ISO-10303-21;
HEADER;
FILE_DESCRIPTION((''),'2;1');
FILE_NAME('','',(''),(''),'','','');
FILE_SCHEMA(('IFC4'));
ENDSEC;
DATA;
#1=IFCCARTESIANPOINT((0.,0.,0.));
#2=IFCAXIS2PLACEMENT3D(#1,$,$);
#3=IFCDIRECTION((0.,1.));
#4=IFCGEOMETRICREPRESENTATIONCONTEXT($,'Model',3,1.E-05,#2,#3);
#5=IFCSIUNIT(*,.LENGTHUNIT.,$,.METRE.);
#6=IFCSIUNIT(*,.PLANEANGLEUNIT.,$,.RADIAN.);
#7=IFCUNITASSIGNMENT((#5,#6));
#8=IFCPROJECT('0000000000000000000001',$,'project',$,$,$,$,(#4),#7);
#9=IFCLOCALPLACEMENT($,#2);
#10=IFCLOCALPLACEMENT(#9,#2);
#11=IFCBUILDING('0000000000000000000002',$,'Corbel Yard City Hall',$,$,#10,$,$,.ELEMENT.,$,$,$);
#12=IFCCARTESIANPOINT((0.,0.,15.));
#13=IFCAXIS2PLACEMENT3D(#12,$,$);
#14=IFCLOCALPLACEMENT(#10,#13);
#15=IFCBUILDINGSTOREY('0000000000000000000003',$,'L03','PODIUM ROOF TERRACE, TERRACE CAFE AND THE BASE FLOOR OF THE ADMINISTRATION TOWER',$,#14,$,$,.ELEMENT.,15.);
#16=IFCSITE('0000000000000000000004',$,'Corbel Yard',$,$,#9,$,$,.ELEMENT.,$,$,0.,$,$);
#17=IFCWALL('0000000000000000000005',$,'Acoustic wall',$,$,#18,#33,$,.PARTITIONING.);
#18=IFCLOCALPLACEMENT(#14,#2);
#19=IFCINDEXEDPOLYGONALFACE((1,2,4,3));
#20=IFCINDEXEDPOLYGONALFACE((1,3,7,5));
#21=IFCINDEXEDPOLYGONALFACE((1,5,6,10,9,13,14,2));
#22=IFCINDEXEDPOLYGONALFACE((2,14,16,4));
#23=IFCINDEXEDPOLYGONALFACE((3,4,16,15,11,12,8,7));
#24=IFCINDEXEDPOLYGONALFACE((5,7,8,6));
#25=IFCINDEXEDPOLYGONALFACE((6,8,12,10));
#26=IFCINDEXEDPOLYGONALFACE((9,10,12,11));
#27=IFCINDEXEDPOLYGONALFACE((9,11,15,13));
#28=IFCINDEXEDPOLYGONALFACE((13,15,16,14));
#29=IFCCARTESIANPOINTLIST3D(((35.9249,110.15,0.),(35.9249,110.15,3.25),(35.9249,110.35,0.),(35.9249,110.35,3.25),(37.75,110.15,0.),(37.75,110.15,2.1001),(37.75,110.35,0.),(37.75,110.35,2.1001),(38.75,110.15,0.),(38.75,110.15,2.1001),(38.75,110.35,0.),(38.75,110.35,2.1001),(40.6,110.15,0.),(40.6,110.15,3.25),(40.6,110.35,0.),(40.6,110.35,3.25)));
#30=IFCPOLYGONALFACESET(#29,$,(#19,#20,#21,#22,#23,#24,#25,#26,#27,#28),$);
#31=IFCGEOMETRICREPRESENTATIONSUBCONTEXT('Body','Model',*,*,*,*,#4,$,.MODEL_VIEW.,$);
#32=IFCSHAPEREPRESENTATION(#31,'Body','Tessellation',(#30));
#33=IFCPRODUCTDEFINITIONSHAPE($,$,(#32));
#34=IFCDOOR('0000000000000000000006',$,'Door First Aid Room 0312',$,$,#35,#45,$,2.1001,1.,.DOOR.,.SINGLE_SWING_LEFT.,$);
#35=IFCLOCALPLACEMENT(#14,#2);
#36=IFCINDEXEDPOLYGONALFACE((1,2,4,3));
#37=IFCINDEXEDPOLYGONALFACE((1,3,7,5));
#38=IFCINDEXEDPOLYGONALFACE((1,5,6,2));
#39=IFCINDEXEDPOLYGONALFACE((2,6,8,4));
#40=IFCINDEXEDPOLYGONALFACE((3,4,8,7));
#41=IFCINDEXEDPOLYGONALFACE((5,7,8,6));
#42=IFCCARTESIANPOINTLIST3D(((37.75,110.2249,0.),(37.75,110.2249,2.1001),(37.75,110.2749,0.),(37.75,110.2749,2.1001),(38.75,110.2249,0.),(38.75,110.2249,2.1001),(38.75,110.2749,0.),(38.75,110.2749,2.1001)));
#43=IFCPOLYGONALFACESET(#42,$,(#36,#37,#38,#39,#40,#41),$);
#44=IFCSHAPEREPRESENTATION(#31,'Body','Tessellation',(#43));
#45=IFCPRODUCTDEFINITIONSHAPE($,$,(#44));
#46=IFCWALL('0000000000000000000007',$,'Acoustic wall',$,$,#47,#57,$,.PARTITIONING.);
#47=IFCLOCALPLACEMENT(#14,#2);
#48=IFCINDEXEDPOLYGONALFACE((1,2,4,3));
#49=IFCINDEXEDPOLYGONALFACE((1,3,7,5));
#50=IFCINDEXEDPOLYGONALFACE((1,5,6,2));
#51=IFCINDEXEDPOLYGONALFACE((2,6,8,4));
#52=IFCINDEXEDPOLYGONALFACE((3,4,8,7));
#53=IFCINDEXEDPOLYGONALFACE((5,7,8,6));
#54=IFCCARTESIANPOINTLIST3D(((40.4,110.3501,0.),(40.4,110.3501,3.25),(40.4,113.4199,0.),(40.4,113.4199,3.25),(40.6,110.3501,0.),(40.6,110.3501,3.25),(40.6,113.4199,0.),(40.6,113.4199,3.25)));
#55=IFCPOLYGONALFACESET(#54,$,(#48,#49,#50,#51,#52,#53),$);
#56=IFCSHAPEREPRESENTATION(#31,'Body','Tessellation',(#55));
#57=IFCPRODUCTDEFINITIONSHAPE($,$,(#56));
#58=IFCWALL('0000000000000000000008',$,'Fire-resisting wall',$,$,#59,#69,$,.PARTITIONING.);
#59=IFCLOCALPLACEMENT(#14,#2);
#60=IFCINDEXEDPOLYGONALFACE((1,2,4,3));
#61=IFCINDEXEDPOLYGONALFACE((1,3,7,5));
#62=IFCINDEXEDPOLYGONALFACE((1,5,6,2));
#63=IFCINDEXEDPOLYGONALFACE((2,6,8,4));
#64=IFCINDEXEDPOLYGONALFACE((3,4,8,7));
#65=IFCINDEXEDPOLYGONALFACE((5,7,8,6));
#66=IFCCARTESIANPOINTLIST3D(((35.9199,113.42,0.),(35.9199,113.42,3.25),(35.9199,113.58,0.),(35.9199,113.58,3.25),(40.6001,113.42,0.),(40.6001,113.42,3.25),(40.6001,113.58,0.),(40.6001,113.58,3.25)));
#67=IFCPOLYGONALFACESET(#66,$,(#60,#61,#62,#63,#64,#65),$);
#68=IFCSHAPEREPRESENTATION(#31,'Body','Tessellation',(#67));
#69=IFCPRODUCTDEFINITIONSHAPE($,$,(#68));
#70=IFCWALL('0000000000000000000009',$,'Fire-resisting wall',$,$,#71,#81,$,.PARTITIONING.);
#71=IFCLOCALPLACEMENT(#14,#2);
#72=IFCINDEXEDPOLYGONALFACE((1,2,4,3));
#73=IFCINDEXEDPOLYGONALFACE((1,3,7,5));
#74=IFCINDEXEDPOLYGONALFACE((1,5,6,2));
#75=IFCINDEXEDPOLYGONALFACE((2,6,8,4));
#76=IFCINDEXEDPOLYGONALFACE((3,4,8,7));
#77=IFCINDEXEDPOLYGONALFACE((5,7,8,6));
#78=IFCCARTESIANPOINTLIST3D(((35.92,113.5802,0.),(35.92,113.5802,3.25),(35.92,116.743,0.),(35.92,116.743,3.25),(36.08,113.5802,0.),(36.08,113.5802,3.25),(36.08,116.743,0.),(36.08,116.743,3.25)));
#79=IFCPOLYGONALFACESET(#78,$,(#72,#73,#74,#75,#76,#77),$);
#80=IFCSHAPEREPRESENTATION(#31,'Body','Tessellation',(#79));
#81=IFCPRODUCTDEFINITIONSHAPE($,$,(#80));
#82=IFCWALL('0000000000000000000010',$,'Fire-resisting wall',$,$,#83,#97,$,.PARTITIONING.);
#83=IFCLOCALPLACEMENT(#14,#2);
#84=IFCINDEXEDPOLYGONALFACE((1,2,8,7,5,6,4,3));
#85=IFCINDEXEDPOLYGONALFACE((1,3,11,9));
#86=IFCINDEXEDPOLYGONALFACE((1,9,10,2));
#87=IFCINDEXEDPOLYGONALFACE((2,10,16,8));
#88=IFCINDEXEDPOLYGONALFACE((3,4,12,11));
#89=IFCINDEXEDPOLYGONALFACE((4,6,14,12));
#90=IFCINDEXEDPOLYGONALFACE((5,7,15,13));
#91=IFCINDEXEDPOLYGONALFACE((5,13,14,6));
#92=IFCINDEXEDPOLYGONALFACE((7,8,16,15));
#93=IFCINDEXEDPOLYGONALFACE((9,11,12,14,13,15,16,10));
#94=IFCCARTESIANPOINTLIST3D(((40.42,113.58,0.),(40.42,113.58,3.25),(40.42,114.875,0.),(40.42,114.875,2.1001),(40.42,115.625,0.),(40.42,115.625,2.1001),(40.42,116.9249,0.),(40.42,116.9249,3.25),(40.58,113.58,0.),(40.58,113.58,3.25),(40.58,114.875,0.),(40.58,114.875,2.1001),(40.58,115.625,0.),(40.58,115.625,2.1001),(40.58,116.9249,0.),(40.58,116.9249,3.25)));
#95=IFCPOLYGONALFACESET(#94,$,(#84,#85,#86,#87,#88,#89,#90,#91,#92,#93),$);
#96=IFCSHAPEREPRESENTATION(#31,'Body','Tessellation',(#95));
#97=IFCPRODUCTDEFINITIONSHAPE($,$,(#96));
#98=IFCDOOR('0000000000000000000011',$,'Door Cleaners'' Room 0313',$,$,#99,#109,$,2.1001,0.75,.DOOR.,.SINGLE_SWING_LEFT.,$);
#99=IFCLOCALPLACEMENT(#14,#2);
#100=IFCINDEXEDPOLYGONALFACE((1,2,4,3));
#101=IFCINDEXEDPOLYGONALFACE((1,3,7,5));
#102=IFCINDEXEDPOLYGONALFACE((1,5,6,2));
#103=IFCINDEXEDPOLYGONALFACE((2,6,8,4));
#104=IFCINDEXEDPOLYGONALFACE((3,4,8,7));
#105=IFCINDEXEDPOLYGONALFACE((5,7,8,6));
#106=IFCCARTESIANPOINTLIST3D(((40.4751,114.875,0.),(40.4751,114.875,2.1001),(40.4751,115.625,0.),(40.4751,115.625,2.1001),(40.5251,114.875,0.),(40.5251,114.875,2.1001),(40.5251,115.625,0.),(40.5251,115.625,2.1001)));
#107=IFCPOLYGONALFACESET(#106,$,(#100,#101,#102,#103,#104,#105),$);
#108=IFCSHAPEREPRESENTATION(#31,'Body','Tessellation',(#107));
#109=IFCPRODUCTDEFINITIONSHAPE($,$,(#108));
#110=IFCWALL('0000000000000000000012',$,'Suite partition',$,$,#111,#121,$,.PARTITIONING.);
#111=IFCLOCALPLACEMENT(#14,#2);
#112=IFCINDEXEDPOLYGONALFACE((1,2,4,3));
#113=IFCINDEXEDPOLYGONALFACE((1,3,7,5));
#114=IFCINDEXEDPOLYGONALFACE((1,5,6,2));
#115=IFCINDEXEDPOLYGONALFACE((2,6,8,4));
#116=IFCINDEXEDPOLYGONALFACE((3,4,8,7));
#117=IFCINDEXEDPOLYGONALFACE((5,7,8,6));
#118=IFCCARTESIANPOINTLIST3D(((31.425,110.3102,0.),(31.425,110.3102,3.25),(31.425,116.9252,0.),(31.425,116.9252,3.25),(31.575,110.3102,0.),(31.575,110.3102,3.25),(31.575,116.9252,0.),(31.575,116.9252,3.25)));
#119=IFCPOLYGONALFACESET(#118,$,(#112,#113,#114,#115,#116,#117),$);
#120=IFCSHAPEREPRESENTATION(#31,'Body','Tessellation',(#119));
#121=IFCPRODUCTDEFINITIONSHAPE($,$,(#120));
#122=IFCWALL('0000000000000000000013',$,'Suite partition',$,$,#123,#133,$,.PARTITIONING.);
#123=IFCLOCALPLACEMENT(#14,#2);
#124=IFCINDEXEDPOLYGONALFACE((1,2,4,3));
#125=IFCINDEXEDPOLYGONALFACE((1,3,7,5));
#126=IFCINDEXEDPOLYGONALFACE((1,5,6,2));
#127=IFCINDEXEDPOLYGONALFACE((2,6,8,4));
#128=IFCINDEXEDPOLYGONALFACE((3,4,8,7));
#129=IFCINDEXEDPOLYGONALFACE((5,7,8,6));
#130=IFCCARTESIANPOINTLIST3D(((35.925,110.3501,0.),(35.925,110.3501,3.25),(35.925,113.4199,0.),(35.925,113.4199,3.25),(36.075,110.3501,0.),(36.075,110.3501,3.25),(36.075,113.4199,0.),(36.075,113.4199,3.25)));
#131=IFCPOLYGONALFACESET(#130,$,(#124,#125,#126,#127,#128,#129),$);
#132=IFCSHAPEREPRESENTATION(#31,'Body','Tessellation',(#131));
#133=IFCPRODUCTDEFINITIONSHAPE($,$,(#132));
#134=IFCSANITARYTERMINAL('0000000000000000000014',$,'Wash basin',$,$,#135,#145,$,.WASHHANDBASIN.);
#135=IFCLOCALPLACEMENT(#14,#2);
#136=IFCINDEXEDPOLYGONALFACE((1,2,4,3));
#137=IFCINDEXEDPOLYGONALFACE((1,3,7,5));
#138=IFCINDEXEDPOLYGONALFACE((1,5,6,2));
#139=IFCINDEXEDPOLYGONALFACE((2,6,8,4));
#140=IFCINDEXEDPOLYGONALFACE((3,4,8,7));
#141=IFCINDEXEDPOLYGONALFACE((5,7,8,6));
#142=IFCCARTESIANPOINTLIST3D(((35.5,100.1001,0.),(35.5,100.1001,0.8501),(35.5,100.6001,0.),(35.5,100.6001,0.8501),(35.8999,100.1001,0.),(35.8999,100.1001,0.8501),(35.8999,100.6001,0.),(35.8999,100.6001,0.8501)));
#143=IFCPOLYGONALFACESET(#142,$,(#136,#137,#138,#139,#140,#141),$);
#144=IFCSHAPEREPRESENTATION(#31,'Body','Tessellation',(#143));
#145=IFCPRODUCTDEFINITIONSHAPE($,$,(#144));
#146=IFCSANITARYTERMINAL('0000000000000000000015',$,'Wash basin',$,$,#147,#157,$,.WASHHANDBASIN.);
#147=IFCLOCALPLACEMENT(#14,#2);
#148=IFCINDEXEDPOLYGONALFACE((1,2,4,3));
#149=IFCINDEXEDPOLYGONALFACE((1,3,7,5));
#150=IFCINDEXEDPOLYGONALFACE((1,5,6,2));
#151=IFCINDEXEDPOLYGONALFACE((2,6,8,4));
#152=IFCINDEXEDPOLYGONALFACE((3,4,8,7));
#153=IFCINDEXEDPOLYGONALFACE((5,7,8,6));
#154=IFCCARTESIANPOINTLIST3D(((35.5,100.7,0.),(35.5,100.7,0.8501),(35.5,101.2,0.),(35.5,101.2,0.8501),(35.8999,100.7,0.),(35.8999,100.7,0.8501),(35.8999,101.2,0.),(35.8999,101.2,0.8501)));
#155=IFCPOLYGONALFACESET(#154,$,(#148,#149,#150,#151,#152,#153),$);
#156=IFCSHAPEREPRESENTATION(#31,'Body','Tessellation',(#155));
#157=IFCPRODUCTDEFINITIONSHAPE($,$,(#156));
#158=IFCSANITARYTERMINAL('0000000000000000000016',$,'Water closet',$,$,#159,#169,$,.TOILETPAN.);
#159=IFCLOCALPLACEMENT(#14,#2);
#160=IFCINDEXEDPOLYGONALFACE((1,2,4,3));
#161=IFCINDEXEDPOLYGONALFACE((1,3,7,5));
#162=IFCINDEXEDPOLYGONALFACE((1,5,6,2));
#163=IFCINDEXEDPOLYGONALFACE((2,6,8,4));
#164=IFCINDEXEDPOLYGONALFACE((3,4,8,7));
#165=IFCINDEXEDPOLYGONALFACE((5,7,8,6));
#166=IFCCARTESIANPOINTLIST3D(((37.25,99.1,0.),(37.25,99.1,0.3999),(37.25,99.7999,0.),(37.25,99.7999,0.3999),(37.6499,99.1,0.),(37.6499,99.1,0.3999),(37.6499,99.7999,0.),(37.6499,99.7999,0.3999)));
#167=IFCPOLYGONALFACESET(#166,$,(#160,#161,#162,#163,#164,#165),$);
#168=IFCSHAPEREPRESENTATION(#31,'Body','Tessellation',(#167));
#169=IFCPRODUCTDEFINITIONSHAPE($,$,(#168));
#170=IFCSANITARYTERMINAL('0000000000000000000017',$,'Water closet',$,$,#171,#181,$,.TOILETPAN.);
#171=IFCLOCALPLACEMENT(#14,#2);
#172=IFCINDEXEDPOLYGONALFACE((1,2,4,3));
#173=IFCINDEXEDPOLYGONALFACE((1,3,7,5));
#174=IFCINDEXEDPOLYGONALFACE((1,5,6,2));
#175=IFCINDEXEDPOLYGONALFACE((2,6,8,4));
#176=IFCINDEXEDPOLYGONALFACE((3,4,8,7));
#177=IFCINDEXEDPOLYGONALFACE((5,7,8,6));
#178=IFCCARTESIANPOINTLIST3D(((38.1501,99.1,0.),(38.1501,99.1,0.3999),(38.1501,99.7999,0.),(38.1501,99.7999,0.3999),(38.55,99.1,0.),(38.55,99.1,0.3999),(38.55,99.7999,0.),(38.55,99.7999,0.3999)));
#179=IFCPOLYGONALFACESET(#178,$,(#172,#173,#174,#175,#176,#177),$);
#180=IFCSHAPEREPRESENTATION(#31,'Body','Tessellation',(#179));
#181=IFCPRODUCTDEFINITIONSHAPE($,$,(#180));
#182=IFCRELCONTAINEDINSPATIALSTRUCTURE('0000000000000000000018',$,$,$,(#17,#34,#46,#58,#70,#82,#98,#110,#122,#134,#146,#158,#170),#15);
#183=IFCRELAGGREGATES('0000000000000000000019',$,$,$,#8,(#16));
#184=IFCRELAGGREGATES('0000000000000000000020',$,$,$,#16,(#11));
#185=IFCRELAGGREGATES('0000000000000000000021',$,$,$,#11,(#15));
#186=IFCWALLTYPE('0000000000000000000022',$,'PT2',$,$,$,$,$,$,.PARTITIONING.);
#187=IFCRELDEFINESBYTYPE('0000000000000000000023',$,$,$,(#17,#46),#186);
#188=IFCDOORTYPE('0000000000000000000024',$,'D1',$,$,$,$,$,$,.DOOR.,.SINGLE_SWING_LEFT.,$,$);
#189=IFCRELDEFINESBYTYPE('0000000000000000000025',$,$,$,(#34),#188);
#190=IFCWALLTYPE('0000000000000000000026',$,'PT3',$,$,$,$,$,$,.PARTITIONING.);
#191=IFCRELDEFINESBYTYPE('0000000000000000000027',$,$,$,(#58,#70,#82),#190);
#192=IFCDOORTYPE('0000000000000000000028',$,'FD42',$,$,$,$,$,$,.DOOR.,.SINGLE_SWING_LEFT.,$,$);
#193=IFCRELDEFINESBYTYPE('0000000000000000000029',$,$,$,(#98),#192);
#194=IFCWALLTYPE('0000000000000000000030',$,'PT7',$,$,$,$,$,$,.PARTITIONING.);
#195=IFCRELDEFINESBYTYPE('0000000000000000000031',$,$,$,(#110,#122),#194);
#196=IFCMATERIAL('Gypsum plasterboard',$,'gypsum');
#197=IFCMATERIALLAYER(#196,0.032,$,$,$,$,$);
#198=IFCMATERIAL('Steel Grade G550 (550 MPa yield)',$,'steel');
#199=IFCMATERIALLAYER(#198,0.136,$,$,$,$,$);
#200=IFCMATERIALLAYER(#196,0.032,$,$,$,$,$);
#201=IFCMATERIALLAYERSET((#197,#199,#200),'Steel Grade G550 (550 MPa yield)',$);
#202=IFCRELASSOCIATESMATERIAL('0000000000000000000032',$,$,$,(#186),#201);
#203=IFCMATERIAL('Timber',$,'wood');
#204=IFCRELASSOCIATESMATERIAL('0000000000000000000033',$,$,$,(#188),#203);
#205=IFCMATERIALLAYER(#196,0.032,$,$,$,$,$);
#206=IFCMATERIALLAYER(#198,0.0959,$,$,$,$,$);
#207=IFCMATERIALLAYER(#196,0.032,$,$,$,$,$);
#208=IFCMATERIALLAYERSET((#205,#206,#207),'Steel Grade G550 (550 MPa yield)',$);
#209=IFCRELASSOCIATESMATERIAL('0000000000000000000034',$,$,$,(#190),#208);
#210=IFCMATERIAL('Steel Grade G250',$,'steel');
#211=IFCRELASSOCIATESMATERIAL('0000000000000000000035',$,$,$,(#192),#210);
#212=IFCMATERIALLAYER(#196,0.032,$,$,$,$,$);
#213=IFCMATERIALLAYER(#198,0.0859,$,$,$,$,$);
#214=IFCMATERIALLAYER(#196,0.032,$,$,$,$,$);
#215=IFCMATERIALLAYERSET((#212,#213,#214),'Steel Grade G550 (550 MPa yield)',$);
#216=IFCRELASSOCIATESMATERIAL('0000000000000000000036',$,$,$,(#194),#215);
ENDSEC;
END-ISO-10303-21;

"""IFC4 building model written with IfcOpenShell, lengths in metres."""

from ifc_helpers import new_model, si_unit, direction, frame, frame_2d, origin, origin_2d, place, context, subcontext, project, spatial, rectangle, extrude, material, layer, layer_set, type_object, element, fill, save


model = new_model("IFC4")

# Units and contexts
model_context = context("Model", 3, precision=1e-05, world=origin(), true_north=direction((0.0, 1.0)))
body_context = subcontext(model_context, "Body", "Model", "MODEL_VIEW")
ifc_project = project(units=[si_unit("LENGTHUNIT", "METRE"), si_unit("PLANEANGLEUNIT", "RADIAN")], contexts=[model_context])

# Site, building, storey
site_placement = place(None, origin())
site = spatial("IfcSite", under=ifc_project, at=site_placement, Name="Corbel Yard", CompositionType="ELEMENT", RefElevation=0.0)
building_placement = place(site_placement, origin())
building = spatial("IfcBuilding", under=site, at=building_placement, Name="Corbel Yard City Hall", CompositionType="ELEMENT")
storey_placement = place(building_placement, frame((0.0, 0.0, 15.0)))
storey = spatial("IfcBuildingStorey", under=building, at=storey_placement, Name="L03", Description="PODIUM ROOF TERRACE, TERRACE CAFE AND THE BASE FLOOR OF THE ADMINISTRATION TOWER", CompositionType="ELEMENT", Elevation=15.0)

# Wall, opening, door
ifc_material_1 = material(Name="Gypsum plasterboard", Category="gypsum")
ifc_layer_1 = layer(ifc_material_1, 0.032)
ifc_material_2 = material(Name="Steel Grade G550 (550 MPa yield)", Category="steel")
ifc_layer_2 = layer(ifc_material_2, 0.136)
ifc_layer_3 = layer(ifc_material_1, 0.032)
ifc_layer_set_1 = layer_set([ifc_layer_1, ifc_layer_2, ifc_layer_3], Name="Steel Grade G550 (550 MPa yield)")
wall_type_1 = type_object("IfcWallType", Name="PT2", PredefinedType="PARTITIONING", material=ifc_layer_set_1)
wall_1_placement = place(storey_placement, frame((35.925, 110.25, 0.0), z_axis=(0.0, 0.0, 1.0), x_axis=(1.0, 0.0, 0.0)))
wall_1 = element("IfcWall", 1, at=wall_1_placement, inside=storey, type_object=wall_type_1, Name="Acoustic wall", PredefinedType="PARTITIONING", context=body_context, shape_type="SweptSolid", body=[
    extrude(rectangle(XDim=4.675, YDim=0.2, at=frame_2d((2.3374, 0.0))), origin(), (0.0, 0.0, 1.0), 3.25),
])
opening_1_placement = place(wall_1_placement, frame((1.825, 0.0, 0.0)))
opening_1 = element("IfcOpeningElement", 2, at=opening_1_placement, cuts=wall_1, PredefinedType="OPENING", context=body_context, shape_type="SweptSolid", body=[
    extrude(rectangle(XDim=1.0, YDim=2.1001, at=frame_2d((0.5, 1.05))), frame((0.0, 0.1099, 0.0), z_axis=(0.0, -1.0, 0.0), x_axis=(1.0, 0.0, 0.0)), (0.0, 0.0, 1.0), 0.22),
])
ifc_material_3 = material(Name="Timber", Category="wood")
door_type_1 = type_object("IfcDoorType", Name="D1", OperationType="SINGLE_SWING_LEFT", PredefinedType="DOOR", material=ifc_material_3)
door_1_placement = place(opening_1_placement, origin())
door_1 = element("IfcDoor", 3, at=door_1_placement, inside=storey, type_object=door_type_1, Name="Door First Aid Room 0312", OperationType="SINGLE_SWING_LEFT", OverallHeight=2.1001, OverallWidth=1.0, PredefinedType="DOOR", context=body_context, shape_type="SweptSolid", body=[
    extrude(rectangle(XDim=1.0, YDim=2.1001, at=frame_2d((0.5, 1.05))), frame((0.0, 0.0249, 0.0), z_axis=(0.0, -1.0, 0.0), x_axis=(1.0, 0.0, 0.0)), (0.0, 0.0, 1.0), 0.05),
])
fill(opening_1, door_1)

# Walls
wall_2_placement = place(storey_placement, frame((40.5, 110.3501, 0.0), z_axis=(0.0, 0.0, 1.0), x_axis=(0.0, 1.0, 0.0)))
element("IfcWall", 4, at=wall_2_placement, inside=storey, type_object=wall_type_1, Name="Acoustic wall", PredefinedType="PARTITIONING", context=body_context, shape_type="SweptSolid", body=[
    extrude(rectangle(XDim=3.0698, YDim=0.2, at=frame_2d((1.5349, 0.0))), origin(), (0.0, 0.0, 1.0), 3.25),
])
ifc_layer_4 = layer(ifc_material_1, 0.032)
ifc_layer_5 = layer(ifc_material_2, 0.0959)
ifc_layer_6 = layer(ifc_material_1, 0.032)
ifc_layer_set_2 = layer_set([ifc_layer_4, ifc_layer_5, ifc_layer_6], Name="Steel Grade G550 (550 MPa yield)")
wall_type_2 = type_object("IfcWallType", Name="PT3", PredefinedType="PARTITIONING", material=ifc_layer_set_2)
wall_3_placement = place(storey_placement, frame((35.9199, 113.5, 0.0), z_axis=(0.0, 0.0, 1.0), x_axis=(1.0, 0.0, 0.0)))
element("IfcWall", 5, at=wall_3_placement, inside=storey, type_object=wall_type_2, Name="Fire-resisting wall", PredefinedType="PARTITIONING", context=body_context, shape_type="SweptSolid", body=[
    extrude(rectangle(XDim=4.6802, YDim=0.1599, at=frame_2d((2.3401, 0.0))), origin(), (0.0, 0.0, 1.0), 3.25),
])
wall_4_placement = place(storey_placement, frame((36.0, 113.5801, 0.0), z_axis=(0.0, 0.0, 1.0), x_axis=(0.0, 1.0, 0.0)))
element("IfcWall", 6, at=wall_4_placement, inside=storey, type_object=wall_type_2, Name="Fire-resisting wall", PredefinedType="PARTITIONING", context=body_context, shape_type="SweptSolid", body=[
    extrude(rectangle(XDim=3.1628, YDim=0.1599, at=frame_2d((1.5815, 0.0))), origin(), (0.0, 0.0, 1.0), 3.25),
])

# Wall, opening, door
wall_5_placement = place(storey_placement, frame((40.5, 113.5801, 0.0), z_axis=(0.0, 0.0, 1.0), x_axis=(0.0, 1.0, 0.0)))
wall_5 = element("IfcWall", 7, at=wall_5_placement, inside=storey, type_object=wall_type_2, Name="Fire-resisting wall", PredefinedType="PARTITIONING", context=body_context, shape_type="SweptSolid", body=[
    extrude(rectangle(XDim=3.345, YDim=0.1599, at=frame_2d((1.6724, 0.0))), origin(), (0.0, 0.0, 1.0), 3.25),
])
opening_2_placement = place(wall_5_placement, frame((1.2949, 0.0, 0.0)))
opening_2 = element("IfcOpeningElement", 8, at=opening_2_placement, cuts=wall_5, PredefinedType="OPENING", context=body_context, shape_type="SweptSolid", body=[
    extrude(rectangle(XDim=0.75, YDim=2.1001, at=frame_2d((0.375, 1.05))), frame((0.0, 0.0898, 0.0), z_axis=(0.0, -1.0, 0.0), x_axis=(1.0, 0.0, 0.0)), (0.0, 0.0, 1.0), 0.1799),
])
ifc_material_4 = material(Name="Steel Grade G250", Category="steel")
door_type_2 = type_object("IfcDoorType", Name="FD42", OperationType="SINGLE_SWING_LEFT", PredefinedType="DOOR", material=ifc_material_4)
door_2_placement = place(opening_2_placement, origin())
door_2 = element("IfcDoor", 9, at=door_2_placement, inside=storey, type_object=door_type_2, Name="Door Cleaners' Room 0313", OperationType="SINGLE_SWING_LEFT", OverallHeight=2.1001, OverallWidth=0.75, PredefinedType="DOOR", context=body_context, shape_type="SweptSolid", body=[
    extrude(rectangle(XDim=0.75, YDim=2.1001, at=frame_2d((0.375, 1.05))), frame((0.0, 0.0249, 0.0), z_axis=(0.0, -1.0, 0.0), x_axis=(1.0, 0.0, 0.0)), (0.0, 0.0, 1.0), 0.05),
])
fill(opening_2, door_2)

# Walls
ifc_layer_7 = layer(ifc_material_1, 0.032)
ifc_layer_8 = layer(ifc_material_2, 0.0859)
ifc_layer_9 = layer(ifc_material_1, 0.032)
ifc_layer_set_3 = layer_set([ifc_layer_7, ifc_layer_8, ifc_layer_9], Name="Steel Grade G550 (550 MPa yield)")
wall_type_3 = type_object("IfcWallType", Name="PT7", PredefinedType="PARTITIONING", material=ifc_layer_set_3)
wall_6_placement = place(storey_placement, frame((31.5, 110.3101, 0.0), z_axis=(0.0, 0.0, 1.0), x_axis=(0.0, 1.0, 0.0)))
element("IfcWall", 10, at=wall_6_placement, inside=storey, type_object=wall_type_3, Name="Suite partition", PredefinedType="PARTITIONING", context=body_context, shape_type="SweptSolid", body=[
    extrude(rectangle(XDim=6.615, YDim=0.1499, at=frame_2d((3.3076, 0.0))), origin(), (0.0, 0.0, 1.0), 3.25),
])
wall_7_placement = place(storey_placement, frame((36.0, 110.3501, 0.0), z_axis=(0.0, 0.0, 1.0), x_axis=(0.0, 1.0, 0.0)))
element("IfcWall", 11, at=wall_7_placement, inside=storey, type_object=wall_type_3, Name="Suite partition", PredefinedType="PARTITIONING", context=body_context, shape_type="SweptSolid", body=[
    extrude(rectangle(XDim=3.0698, YDim=0.1499, at=frame_2d((1.5349, 0.0))), origin(), (0.0, 0.0, 1.0), 3.25),
])

# Sanitary terminals
for number, where, z_axis, x_axis, name in (
    (12, (35.7, 100.3501, 0.0), (0.0, 0.0, 1.0), (1.0, 0.0, 0.0), "Wash basin"),
    (13, (35.7, 100.95, 0.0), (0.0, 0.0, 1.0), (1.0, 0.0, 0.0), "Wash basin"),
):
    element("IfcSanitaryTerminal", number, at=place(storey_placement, frame(where, z_axis=z_axis, x_axis=x_axis)), inside=storey, Name=name, PredefinedType="WASHHANDBASIN", context=body_context, shape_type="SweptSolid", body=[
        extrude(rectangle(XDim=0.3999, YDim=0.5, at=origin_2d()), origin(), (0.0, 0.0, 1.0), 0.8501),
    ])
for number, where, z_axis, x_axis, name in (
    (14, (37.45, 99.45, 0.0), (0.0, 0.0, 1.0), (1.0, 0.0, 0.0), "Water closet"),
    (15, (38.3501, 99.45, 0.0), (0.0, 0.0, 1.0), (1.0, 0.0, 0.0), "Water closet"),
):
    element("IfcSanitaryTerminal", number, at=place(storey_placement, frame(where, z_axis=z_axis, x_axis=x_axis)), inside=storey, Name=name, PredefinedType="TOILETPAN", context=body_context, shape_type="SweptSolid", body=[
        extrude(rectangle(XDim=0.3999, YDim=0.7, at=origin_2d()), origin(), (0.0, 0.0, 1.0), 0.3999),
    ])

save(model, "model.ifc")
